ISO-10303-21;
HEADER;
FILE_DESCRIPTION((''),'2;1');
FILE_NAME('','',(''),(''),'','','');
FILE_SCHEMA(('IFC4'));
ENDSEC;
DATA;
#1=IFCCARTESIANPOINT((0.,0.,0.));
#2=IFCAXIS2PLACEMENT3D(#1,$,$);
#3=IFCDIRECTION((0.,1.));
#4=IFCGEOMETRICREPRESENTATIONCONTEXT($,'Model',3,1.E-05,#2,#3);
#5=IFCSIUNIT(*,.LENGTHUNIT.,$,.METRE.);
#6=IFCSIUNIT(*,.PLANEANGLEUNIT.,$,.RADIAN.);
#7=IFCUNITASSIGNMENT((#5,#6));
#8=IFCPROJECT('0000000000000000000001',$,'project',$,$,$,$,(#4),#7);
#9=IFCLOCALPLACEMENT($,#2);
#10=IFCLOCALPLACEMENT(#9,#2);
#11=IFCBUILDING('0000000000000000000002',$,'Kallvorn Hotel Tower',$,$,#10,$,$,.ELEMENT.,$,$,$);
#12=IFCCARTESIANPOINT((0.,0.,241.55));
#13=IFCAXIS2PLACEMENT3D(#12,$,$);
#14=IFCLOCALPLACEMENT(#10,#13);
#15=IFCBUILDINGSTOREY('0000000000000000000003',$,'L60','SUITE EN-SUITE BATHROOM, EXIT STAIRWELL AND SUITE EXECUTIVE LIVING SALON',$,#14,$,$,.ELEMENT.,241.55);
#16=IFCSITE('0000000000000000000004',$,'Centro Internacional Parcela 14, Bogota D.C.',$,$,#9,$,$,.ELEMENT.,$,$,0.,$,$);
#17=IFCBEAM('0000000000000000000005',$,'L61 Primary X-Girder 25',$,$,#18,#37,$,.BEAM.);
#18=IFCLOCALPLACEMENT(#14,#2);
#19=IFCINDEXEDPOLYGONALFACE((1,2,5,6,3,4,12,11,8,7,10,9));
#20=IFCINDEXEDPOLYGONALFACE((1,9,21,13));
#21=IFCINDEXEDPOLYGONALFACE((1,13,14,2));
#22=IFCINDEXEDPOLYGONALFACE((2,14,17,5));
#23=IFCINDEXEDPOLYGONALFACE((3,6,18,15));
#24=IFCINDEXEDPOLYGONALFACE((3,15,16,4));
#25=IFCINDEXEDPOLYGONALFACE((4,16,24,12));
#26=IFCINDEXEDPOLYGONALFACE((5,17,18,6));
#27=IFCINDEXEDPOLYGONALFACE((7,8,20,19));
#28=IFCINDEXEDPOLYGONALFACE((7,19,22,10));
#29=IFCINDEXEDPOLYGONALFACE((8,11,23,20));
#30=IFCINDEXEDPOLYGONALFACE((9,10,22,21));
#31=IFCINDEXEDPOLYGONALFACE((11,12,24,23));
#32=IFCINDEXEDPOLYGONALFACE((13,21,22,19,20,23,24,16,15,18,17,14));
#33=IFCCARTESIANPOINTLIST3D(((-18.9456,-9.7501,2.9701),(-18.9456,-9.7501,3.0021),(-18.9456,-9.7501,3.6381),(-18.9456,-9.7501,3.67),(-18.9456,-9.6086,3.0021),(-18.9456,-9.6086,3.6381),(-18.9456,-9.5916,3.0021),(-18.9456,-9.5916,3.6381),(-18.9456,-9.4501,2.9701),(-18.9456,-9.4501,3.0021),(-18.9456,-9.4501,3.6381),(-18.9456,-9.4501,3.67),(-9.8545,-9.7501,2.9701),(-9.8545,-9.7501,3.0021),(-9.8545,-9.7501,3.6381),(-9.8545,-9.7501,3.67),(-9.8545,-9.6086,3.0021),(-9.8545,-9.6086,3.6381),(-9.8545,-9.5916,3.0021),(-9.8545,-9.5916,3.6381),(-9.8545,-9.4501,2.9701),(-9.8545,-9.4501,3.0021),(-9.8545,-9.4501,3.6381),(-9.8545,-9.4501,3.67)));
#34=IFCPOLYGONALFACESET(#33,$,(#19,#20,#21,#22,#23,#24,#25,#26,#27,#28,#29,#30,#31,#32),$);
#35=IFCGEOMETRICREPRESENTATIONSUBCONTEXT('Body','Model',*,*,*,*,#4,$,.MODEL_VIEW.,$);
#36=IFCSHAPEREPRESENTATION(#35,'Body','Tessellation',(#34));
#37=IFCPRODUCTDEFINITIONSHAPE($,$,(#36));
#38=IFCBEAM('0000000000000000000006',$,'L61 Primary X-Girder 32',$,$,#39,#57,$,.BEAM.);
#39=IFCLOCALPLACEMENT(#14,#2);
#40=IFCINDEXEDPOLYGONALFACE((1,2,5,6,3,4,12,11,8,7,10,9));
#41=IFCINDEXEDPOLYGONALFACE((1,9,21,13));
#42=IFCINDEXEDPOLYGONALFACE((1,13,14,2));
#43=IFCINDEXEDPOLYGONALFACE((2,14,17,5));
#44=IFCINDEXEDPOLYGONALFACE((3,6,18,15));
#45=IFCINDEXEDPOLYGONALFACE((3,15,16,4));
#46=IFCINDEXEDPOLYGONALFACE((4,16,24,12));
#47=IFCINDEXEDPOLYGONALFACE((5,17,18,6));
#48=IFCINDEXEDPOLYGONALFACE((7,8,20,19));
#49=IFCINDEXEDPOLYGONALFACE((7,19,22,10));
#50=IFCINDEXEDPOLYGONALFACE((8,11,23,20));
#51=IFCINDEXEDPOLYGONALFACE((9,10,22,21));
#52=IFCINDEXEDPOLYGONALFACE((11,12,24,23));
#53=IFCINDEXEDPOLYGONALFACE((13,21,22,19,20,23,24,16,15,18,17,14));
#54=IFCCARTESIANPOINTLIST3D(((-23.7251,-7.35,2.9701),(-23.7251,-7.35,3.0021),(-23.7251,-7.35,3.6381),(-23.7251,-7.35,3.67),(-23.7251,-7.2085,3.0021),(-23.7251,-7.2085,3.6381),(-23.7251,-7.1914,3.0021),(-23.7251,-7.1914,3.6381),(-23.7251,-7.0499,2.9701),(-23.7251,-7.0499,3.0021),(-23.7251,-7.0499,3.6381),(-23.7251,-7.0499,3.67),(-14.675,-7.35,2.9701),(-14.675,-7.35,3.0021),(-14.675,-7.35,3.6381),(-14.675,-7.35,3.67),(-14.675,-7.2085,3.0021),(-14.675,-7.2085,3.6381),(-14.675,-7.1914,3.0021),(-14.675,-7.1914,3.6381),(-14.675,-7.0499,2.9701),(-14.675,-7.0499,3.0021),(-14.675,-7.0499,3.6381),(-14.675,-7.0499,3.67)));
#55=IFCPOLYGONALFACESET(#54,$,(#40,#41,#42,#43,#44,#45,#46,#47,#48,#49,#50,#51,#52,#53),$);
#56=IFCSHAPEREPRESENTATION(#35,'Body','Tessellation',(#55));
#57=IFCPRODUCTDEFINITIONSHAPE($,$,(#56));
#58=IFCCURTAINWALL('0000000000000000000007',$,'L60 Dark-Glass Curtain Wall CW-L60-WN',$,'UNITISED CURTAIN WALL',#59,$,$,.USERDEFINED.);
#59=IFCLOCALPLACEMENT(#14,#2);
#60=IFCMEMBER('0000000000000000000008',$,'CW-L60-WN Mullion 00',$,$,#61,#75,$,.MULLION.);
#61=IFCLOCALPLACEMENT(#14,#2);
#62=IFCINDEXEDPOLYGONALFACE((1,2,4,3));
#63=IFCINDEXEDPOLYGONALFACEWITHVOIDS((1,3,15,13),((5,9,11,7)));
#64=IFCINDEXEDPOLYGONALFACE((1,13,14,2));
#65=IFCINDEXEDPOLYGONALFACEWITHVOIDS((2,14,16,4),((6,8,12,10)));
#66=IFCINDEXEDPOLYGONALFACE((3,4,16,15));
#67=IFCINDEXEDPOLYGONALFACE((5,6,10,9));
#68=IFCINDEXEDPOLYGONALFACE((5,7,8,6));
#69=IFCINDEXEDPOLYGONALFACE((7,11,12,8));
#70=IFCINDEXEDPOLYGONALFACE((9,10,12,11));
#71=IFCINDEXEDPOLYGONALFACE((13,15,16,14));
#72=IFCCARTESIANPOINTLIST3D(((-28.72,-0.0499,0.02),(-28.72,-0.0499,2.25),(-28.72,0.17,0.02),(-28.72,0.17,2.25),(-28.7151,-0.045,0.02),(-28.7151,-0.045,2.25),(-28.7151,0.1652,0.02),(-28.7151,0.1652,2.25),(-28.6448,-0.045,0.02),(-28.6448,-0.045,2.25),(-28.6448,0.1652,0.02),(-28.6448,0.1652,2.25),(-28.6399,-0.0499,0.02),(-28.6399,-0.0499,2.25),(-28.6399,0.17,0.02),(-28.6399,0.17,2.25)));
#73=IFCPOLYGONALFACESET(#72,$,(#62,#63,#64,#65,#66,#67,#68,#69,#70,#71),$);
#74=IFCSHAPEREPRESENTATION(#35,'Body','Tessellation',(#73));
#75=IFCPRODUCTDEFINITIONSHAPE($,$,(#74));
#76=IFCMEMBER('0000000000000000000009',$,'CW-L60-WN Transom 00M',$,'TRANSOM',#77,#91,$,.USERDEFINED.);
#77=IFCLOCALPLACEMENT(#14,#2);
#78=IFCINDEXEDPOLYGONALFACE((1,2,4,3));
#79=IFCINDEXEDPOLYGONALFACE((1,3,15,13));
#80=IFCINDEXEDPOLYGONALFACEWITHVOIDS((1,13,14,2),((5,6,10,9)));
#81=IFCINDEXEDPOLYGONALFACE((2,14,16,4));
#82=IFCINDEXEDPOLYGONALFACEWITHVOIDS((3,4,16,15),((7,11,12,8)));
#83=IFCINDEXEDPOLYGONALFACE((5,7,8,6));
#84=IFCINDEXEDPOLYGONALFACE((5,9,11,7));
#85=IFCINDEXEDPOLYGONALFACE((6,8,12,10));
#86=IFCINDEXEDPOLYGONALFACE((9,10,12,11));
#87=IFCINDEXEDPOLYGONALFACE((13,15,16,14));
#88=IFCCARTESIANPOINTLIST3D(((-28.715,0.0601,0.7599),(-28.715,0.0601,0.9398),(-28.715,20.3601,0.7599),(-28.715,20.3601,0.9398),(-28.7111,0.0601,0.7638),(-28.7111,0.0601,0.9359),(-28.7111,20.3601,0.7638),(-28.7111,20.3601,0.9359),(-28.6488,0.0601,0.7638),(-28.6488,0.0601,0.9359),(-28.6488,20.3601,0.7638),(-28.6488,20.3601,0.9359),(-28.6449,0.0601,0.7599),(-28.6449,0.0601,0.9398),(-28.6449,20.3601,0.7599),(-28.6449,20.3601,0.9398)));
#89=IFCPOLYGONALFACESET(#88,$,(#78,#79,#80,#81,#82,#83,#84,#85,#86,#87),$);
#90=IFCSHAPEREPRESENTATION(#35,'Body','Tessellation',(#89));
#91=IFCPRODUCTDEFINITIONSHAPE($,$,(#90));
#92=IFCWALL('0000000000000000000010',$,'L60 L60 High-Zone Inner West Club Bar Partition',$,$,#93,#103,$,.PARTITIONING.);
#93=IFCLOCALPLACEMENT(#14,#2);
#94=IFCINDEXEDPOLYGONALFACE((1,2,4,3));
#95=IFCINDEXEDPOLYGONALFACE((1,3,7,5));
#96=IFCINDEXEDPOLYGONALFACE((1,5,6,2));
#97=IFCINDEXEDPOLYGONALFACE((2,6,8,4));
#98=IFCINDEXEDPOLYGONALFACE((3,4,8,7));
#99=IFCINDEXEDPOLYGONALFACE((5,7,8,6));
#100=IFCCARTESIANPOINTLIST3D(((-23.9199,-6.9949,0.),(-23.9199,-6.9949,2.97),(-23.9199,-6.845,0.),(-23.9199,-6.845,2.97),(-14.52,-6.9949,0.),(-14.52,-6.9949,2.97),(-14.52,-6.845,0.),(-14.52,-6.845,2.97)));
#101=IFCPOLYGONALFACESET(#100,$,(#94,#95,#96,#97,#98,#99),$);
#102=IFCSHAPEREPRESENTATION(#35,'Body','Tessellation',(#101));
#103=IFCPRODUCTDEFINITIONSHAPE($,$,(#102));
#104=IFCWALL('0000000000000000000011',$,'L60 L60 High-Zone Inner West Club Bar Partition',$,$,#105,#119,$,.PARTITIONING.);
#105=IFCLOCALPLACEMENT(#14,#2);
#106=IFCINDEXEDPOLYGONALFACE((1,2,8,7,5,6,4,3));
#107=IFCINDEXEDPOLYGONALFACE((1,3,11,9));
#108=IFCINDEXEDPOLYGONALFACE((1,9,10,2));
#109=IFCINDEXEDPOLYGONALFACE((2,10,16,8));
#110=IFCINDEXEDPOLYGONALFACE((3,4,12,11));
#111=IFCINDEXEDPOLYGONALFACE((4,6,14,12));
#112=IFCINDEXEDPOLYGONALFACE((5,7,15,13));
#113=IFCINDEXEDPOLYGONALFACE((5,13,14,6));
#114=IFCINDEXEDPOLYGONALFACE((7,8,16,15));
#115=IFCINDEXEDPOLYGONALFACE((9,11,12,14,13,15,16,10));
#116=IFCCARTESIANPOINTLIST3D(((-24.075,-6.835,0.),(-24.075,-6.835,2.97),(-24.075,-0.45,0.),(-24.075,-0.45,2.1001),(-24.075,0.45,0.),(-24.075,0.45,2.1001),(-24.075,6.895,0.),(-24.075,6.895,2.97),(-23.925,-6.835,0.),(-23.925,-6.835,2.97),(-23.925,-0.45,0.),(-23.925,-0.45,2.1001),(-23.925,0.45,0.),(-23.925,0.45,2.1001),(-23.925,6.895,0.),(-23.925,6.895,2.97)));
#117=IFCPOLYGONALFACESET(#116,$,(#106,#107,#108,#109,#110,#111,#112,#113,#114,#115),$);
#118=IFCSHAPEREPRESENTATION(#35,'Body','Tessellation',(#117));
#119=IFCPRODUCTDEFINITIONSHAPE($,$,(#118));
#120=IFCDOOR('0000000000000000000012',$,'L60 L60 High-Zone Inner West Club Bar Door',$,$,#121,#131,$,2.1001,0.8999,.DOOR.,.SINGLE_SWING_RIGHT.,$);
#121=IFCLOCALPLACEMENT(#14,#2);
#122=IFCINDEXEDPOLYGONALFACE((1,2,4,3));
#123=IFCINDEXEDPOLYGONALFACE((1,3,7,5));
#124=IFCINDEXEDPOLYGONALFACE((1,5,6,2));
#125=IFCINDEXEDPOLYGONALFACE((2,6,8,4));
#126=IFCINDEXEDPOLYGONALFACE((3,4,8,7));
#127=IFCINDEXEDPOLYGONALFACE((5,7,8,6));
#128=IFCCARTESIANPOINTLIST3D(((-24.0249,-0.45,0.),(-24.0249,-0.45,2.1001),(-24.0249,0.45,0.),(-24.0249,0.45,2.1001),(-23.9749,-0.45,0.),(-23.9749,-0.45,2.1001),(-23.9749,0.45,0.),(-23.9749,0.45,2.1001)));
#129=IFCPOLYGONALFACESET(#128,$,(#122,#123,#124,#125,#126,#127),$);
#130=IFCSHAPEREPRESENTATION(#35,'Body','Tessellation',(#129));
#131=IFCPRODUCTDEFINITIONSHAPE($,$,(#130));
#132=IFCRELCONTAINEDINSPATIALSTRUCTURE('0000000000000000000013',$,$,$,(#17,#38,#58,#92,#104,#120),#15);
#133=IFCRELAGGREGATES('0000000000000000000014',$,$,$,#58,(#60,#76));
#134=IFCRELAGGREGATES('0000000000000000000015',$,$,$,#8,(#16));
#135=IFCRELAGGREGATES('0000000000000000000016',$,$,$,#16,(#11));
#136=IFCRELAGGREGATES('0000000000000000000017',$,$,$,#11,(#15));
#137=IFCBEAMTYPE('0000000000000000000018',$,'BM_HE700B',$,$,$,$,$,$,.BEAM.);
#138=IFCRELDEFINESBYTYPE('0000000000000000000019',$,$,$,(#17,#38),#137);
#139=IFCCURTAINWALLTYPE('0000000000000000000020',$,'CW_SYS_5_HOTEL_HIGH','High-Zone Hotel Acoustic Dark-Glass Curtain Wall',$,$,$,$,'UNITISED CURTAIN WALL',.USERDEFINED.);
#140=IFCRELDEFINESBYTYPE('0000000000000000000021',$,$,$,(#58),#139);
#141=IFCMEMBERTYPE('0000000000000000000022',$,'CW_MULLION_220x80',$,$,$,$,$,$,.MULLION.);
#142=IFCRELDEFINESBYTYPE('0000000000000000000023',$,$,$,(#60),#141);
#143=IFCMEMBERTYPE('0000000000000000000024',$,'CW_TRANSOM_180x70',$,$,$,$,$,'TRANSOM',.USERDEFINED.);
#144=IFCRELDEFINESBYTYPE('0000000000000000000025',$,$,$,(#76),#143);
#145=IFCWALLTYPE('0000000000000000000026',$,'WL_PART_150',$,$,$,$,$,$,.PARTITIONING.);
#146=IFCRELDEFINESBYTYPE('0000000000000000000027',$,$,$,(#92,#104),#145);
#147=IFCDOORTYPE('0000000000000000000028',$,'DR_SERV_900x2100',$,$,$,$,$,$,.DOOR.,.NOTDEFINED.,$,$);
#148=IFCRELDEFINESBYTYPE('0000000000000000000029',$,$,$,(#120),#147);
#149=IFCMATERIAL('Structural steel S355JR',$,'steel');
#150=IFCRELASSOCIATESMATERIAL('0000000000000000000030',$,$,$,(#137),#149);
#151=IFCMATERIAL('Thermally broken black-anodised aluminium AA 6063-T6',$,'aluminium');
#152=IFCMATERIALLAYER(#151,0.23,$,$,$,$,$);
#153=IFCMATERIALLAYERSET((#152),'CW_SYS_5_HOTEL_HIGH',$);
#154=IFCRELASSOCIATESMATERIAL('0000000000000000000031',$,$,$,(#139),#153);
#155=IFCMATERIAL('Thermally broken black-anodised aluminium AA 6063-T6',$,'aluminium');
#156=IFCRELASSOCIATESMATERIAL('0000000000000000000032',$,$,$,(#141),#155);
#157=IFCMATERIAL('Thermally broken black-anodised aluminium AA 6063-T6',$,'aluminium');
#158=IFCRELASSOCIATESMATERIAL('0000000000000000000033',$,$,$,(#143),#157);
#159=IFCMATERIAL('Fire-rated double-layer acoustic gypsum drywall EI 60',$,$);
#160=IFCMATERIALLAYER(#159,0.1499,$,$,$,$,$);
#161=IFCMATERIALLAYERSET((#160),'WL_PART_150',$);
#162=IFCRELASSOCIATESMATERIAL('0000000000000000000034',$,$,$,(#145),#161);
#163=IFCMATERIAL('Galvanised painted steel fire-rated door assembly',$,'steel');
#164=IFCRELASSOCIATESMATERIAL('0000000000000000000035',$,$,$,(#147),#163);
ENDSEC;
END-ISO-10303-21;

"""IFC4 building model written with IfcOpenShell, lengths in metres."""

from ifc_helpers import new_model, si_unit, direction, frame, frame_2d, origin, origin_2d, place, context, subcontext, project, spatial, rectangle, hollow_rectangle, i_section, extrude, material, layer, layer_set, material_profile, profile_set, type_object, element, fill, aggregate, save


model = new_model("IFC4")

# Units and contexts
model_context = context("Model", 3, precision=1e-05, world=origin(), true_north=direction((0.0, 1.0)))
body_context = subcontext(model_context, "Body", "Model", "MODEL_VIEW")
ifc_project = project(units=[si_unit("LENGTHUNIT", "METRE"), si_unit("PLANEANGLEUNIT", "RADIAN")], contexts=[model_context])

# Site, building, storey
site_placement = place(None, origin())
site = spatial("IfcSite", under=ifc_project, at=site_placement, Name="Centro Internacional Parcela 14, Bogota D.C.", CompositionType="ELEMENT", RefElevation=0.0)
building_placement = place(site_placement, origin())
building = spatial("IfcBuilding", under=site, at=building_placement, Name="Kallvorn Hotel Tower", CompositionType="ELEMENT")
storey_placement = place(building_placement, frame((0.0, 0.0, 241.55)))
storey = spatial("IfcBuildingStorey", under=building, at=storey_placement, Name="L60", Description="SUITE EN-SUITE BATHROOM, EXIT STAIRWELL AND SUITE EXECUTIVE LIVING SALON", CompositionType="ELEMENT", Elevation=241.55)

# Beams
ifc_material_1 = material(Name="Structural steel S355JR", Category="steel")
ifc_material_profile_1 = material_profile(ifc_material_1, i_section(OverallWidth=0.3, OverallDepth=0.7, WebThickness=0.0171, FlangeThickness=0.032, at=origin_2d()), Name="HE 700 B")
ifc_profile_set_1 = profile_set([ifc_material_profile_1], Name="Structural steel S355JR")
beam_type_1 = type_object("IfcBeamType", Name="BM_HE700B", PredefinedType="BEAM", material=ifc_profile_set_1)
beam_1_placement = place(storey_placement, frame((-18.9456, -9.6001, 3.3201), z_axis=(1.0, 0.0, 0.0), x_axis=(0.0, 1.0, 0.0)))
element("IfcBeam", 1, at=beam_1_placement, inside=storey, type_object=beam_type_1, Name="L61 Primary X-Girder 25", PredefinedType="BEAM", context=body_context, shape_type="SweptSolid", body=[
    extrude(i_section(OverallWidth=0.3, OverallDepth=0.7, WebThickness=0.0171, FlangeThickness=0.032, at=origin_2d()), origin(), (0.0, 0.0, 1.0), 9.0911),
])
beam_2_placement = place(storey_placement, frame((-23.7251, -7.2, 3.3201), z_axis=(1.0, 0.0, 0.0), x_axis=(0.0, 1.0, 0.0)))
element("IfcBeam", 2, at=beam_2_placement, inside=storey, type_object=beam_type_1, Name="L61 Primary X-Girder 32", PredefinedType="BEAM", context=body_context, shape_type="SweptSolid", body=[
    extrude(i_section(OverallWidth=0.3, OverallDepth=0.7, WebThickness=0.0171, FlangeThickness=0.032, at=origin_2d()), origin(), (0.0, 0.0, 1.0), 9.05),
])

# Curtain wall, members
ifc_material_2 = material(Name="Thermally broken black-anodised aluminium AA 6063-T6", Category="aluminium")
ifc_layer_1 = layer(ifc_material_2, 0.23)
ifc_layer_set_1 = layer_set([ifc_layer_1], Name="CW_SYS_5_HOTEL_HIGH")
curtain_wall_type = type_object("IfcCurtainWallType", Name="CW_SYS_5_HOTEL_HIGH", Description="High-Zone Hotel Acoustic Dark-Glass Curtain Wall", ElementType="UNITISED CURTAIN WALL", PredefinedType="USERDEFINED", material=ifc_layer_set_1)
curtain_wall_placement = place(storey_placement, origin())
curtain_wall = element("IfcCurtainWall", 3, at=curtain_wall_placement, inside=storey, type_object=curtain_wall_type, Name="L60 Dark-Glass Curtain Wall CW-L60-WN", ObjectType="UNITISED CURTAIN WALL", PredefinedType="USERDEFINED")
ifc_material_3 = material(Name="Thermally broken black-anodised aluminium AA 6063-T6", Category="aluminium")
ifc_material_profile_2 = material_profile(ifc_material_3, hollow_rectangle(XDim=0.0801, YDim=0.22, WallThickness=0.0049, at=origin_2d()), Name="MUL 220x80")
ifc_profile_set_2 = profile_set([ifc_material_profile_2], Name="Thermally broken black-anodised aluminium AA 6063-T6")
member_type_1 = type_object("IfcMemberType", Name="CW_MULLION_220x80", PredefinedType="MULLION", material=ifc_profile_set_2)
member_1_placement = place(storey_placement, frame((-28.6799, 0.0601, 0.02), z_axis=(0.0, 0.0, 1.0), x_axis=(1.0, 0.0, 0.0)))
member_1 = element("IfcMember", 4, at=member_1_placement, type_object=member_type_1, Name="CW-L60-WN Mullion 00", PredefinedType="MULLION", context=body_context, shape_type="SweptSolid", body=[
    extrude(hollow_rectangle(XDim=0.0801, YDim=0.22, WallThickness=0.0049, at=origin_2d()), origin(), (0.0, 0.0, 1.0), 2.23),
])
ifc_material_4 = material(Name="Thermally broken black-anodised aluminium AA 6063-T6", Category="aluminium")
ifc_material_profile_3 = material_profile(ifc_material_4, hollow_rectangle(XDim=0.0701, YDim=0.1799, WallThickness=0.0039, at=origin_2d()), Name="TRN 180x70")
ifc_profile_set_3 = profile_set([ifc_material_profile_3], Name="Thermally broken black-anodised aluminium AA 6063-T6")
member_type_2 = type_object("IfcMemberType", Name="CW_TRANSOM_180x70", ElementType="TRANSOM", PredefinedType="USERDEFINED", material=ifc_profile_set_3)
member_2_placement = place(storey_placement, frame((-28.6799, 0.0601, 0.8499), z_axis=(0.0, 1.0, 0.0), x_axis=(-1.0, 0.0, 0.0)))
member_2 = element("IfcMember", 5, at=member_2_placement, type_object=member_type_2, Name="CW-L60-WN Transom 00M", ObjectType="TRANSOM", PredefinedType="USERDEFINED", context=body_context, shape_type="SweptSolid", body=[
    extrude(hollow_rectangle(XDim=0.0701, YDim=0.1799, WallThickness=0.0039, at=origin_2d()), origin(), (0.0, 0.0, 1.0), 20.3),
])
aggregate(curtain_wall, [member_1, member_2])

# Wall
ifc_material_5 = material(Name="Fire-rated double-layer acoustic gypsum drywall EI 60")
ifc_layer_2 = layer(ifc_material_5, 0.1499)
ifc_layer_set_2 = layer_set([ifc_layer_2], Name="WL_PART_150")
wall_type = type_object("IfcWallType", Name="WL_PART_150", PredefinedType="PARTITIONING", material=ifc_layer_set_2)
wall_1_placement = place(storey_placement, frame((-23.9199, -6.9199, 0.0), z_axis=(0.0, 0.0, 1.0), x_axis=(1.0, 0.0, 0.0)))
element("IfcWall", 6, at=wall_1_placement, inside=storey, type_object=wall_type, Name="L60 L60 High-Zone Inner West Club Bar Partition", PredefinedType="PARTITIONING", context=body_context, shape_type="SweptSolid", body=[
    extrude(rectangle(XDim=9.3999, YDim=0.1499, at=frame_2d((4.7, 0.0))), origin(), (0.0, 0.0, 1.0), 2.97),
])

# Wall, opening, door
wall_2_placement = place(storey_placement, frame((-24.0, -6.835, 0.0), z_axis=(0.0, 0.0, 1.0), x_axis=(0.0, 1.0, 0.0)))
wall_2 = element("IfcWall", 7, at=wall_2_placement, inside=storey, type_object=wall_type, Name="L60 L60 High-Zone Inner West Club Bar Partition", PredefinedType="PARTITIONING", context=body_context, shape_type="SweptSolid", body=[
    extrude(rectangle(XDim=13.73, YDim=0.1499, at=frame_2d((6.865, 0.0))), origin(), (0.0, 0.0, 1.0), 2.97),
])
opening_placement = place(wall_2_placement, frame((6.385, 0.0, 0.0)))
opening = element("IfcOpeningElement", 8, at=opening_placement, cuts=wall_2, PredefinedType="OPENING", context=body_context, shape_type="SweptSolid", body=[
    extrude(rectangle(XDim=0.8999, YDim=2.1001, at=frame_2d((0.45, 1.05))), frame((0.0, 0.0898, 0.0), z_axis=(0.0, -1.0, 0.0), x_axis=(1.0, 0.0, 0.0)), (0.0, 0.0, 1.0), 0.1799),
])
ifc_material_6 = material(Name="Galvanised painted steel fire-rated door assembly", Category="steel")
door_type = type_object("IfcDoorType", Name="DR_SERV_900x2100", OperationType="NOTDEFINED", PredefinedType="DOOR", material=ifc_material_6)
door_placement = place(opening_placement, origin())
door = element("IfcDoor", 9, at=door_placement, inside=storey, type_object=door_type, Name="L60 L60 High-Zone Inner West Club Bar Door", OperationType="SINGLE_SWING_RIGHT", OverallHeight=2.1001, OverallWidth=0.8999, PredefinedType="DOOR", context=body_context, shape_type="SweptSolid", body=[
    extrude(rectangle(XDim=0.8999, YDim=2.1001, at=frame_2d((0.45, 1.05))), frame((0.0, 0.0249, 0.0), z_axis=(0.0, -1.0, 0.0), x_axis=(1.0, 0.0, 0.0)), (0.0, 0.0, 1.0), 0.05),
])
fill(opening, door)

save(model, "model.ifc")
